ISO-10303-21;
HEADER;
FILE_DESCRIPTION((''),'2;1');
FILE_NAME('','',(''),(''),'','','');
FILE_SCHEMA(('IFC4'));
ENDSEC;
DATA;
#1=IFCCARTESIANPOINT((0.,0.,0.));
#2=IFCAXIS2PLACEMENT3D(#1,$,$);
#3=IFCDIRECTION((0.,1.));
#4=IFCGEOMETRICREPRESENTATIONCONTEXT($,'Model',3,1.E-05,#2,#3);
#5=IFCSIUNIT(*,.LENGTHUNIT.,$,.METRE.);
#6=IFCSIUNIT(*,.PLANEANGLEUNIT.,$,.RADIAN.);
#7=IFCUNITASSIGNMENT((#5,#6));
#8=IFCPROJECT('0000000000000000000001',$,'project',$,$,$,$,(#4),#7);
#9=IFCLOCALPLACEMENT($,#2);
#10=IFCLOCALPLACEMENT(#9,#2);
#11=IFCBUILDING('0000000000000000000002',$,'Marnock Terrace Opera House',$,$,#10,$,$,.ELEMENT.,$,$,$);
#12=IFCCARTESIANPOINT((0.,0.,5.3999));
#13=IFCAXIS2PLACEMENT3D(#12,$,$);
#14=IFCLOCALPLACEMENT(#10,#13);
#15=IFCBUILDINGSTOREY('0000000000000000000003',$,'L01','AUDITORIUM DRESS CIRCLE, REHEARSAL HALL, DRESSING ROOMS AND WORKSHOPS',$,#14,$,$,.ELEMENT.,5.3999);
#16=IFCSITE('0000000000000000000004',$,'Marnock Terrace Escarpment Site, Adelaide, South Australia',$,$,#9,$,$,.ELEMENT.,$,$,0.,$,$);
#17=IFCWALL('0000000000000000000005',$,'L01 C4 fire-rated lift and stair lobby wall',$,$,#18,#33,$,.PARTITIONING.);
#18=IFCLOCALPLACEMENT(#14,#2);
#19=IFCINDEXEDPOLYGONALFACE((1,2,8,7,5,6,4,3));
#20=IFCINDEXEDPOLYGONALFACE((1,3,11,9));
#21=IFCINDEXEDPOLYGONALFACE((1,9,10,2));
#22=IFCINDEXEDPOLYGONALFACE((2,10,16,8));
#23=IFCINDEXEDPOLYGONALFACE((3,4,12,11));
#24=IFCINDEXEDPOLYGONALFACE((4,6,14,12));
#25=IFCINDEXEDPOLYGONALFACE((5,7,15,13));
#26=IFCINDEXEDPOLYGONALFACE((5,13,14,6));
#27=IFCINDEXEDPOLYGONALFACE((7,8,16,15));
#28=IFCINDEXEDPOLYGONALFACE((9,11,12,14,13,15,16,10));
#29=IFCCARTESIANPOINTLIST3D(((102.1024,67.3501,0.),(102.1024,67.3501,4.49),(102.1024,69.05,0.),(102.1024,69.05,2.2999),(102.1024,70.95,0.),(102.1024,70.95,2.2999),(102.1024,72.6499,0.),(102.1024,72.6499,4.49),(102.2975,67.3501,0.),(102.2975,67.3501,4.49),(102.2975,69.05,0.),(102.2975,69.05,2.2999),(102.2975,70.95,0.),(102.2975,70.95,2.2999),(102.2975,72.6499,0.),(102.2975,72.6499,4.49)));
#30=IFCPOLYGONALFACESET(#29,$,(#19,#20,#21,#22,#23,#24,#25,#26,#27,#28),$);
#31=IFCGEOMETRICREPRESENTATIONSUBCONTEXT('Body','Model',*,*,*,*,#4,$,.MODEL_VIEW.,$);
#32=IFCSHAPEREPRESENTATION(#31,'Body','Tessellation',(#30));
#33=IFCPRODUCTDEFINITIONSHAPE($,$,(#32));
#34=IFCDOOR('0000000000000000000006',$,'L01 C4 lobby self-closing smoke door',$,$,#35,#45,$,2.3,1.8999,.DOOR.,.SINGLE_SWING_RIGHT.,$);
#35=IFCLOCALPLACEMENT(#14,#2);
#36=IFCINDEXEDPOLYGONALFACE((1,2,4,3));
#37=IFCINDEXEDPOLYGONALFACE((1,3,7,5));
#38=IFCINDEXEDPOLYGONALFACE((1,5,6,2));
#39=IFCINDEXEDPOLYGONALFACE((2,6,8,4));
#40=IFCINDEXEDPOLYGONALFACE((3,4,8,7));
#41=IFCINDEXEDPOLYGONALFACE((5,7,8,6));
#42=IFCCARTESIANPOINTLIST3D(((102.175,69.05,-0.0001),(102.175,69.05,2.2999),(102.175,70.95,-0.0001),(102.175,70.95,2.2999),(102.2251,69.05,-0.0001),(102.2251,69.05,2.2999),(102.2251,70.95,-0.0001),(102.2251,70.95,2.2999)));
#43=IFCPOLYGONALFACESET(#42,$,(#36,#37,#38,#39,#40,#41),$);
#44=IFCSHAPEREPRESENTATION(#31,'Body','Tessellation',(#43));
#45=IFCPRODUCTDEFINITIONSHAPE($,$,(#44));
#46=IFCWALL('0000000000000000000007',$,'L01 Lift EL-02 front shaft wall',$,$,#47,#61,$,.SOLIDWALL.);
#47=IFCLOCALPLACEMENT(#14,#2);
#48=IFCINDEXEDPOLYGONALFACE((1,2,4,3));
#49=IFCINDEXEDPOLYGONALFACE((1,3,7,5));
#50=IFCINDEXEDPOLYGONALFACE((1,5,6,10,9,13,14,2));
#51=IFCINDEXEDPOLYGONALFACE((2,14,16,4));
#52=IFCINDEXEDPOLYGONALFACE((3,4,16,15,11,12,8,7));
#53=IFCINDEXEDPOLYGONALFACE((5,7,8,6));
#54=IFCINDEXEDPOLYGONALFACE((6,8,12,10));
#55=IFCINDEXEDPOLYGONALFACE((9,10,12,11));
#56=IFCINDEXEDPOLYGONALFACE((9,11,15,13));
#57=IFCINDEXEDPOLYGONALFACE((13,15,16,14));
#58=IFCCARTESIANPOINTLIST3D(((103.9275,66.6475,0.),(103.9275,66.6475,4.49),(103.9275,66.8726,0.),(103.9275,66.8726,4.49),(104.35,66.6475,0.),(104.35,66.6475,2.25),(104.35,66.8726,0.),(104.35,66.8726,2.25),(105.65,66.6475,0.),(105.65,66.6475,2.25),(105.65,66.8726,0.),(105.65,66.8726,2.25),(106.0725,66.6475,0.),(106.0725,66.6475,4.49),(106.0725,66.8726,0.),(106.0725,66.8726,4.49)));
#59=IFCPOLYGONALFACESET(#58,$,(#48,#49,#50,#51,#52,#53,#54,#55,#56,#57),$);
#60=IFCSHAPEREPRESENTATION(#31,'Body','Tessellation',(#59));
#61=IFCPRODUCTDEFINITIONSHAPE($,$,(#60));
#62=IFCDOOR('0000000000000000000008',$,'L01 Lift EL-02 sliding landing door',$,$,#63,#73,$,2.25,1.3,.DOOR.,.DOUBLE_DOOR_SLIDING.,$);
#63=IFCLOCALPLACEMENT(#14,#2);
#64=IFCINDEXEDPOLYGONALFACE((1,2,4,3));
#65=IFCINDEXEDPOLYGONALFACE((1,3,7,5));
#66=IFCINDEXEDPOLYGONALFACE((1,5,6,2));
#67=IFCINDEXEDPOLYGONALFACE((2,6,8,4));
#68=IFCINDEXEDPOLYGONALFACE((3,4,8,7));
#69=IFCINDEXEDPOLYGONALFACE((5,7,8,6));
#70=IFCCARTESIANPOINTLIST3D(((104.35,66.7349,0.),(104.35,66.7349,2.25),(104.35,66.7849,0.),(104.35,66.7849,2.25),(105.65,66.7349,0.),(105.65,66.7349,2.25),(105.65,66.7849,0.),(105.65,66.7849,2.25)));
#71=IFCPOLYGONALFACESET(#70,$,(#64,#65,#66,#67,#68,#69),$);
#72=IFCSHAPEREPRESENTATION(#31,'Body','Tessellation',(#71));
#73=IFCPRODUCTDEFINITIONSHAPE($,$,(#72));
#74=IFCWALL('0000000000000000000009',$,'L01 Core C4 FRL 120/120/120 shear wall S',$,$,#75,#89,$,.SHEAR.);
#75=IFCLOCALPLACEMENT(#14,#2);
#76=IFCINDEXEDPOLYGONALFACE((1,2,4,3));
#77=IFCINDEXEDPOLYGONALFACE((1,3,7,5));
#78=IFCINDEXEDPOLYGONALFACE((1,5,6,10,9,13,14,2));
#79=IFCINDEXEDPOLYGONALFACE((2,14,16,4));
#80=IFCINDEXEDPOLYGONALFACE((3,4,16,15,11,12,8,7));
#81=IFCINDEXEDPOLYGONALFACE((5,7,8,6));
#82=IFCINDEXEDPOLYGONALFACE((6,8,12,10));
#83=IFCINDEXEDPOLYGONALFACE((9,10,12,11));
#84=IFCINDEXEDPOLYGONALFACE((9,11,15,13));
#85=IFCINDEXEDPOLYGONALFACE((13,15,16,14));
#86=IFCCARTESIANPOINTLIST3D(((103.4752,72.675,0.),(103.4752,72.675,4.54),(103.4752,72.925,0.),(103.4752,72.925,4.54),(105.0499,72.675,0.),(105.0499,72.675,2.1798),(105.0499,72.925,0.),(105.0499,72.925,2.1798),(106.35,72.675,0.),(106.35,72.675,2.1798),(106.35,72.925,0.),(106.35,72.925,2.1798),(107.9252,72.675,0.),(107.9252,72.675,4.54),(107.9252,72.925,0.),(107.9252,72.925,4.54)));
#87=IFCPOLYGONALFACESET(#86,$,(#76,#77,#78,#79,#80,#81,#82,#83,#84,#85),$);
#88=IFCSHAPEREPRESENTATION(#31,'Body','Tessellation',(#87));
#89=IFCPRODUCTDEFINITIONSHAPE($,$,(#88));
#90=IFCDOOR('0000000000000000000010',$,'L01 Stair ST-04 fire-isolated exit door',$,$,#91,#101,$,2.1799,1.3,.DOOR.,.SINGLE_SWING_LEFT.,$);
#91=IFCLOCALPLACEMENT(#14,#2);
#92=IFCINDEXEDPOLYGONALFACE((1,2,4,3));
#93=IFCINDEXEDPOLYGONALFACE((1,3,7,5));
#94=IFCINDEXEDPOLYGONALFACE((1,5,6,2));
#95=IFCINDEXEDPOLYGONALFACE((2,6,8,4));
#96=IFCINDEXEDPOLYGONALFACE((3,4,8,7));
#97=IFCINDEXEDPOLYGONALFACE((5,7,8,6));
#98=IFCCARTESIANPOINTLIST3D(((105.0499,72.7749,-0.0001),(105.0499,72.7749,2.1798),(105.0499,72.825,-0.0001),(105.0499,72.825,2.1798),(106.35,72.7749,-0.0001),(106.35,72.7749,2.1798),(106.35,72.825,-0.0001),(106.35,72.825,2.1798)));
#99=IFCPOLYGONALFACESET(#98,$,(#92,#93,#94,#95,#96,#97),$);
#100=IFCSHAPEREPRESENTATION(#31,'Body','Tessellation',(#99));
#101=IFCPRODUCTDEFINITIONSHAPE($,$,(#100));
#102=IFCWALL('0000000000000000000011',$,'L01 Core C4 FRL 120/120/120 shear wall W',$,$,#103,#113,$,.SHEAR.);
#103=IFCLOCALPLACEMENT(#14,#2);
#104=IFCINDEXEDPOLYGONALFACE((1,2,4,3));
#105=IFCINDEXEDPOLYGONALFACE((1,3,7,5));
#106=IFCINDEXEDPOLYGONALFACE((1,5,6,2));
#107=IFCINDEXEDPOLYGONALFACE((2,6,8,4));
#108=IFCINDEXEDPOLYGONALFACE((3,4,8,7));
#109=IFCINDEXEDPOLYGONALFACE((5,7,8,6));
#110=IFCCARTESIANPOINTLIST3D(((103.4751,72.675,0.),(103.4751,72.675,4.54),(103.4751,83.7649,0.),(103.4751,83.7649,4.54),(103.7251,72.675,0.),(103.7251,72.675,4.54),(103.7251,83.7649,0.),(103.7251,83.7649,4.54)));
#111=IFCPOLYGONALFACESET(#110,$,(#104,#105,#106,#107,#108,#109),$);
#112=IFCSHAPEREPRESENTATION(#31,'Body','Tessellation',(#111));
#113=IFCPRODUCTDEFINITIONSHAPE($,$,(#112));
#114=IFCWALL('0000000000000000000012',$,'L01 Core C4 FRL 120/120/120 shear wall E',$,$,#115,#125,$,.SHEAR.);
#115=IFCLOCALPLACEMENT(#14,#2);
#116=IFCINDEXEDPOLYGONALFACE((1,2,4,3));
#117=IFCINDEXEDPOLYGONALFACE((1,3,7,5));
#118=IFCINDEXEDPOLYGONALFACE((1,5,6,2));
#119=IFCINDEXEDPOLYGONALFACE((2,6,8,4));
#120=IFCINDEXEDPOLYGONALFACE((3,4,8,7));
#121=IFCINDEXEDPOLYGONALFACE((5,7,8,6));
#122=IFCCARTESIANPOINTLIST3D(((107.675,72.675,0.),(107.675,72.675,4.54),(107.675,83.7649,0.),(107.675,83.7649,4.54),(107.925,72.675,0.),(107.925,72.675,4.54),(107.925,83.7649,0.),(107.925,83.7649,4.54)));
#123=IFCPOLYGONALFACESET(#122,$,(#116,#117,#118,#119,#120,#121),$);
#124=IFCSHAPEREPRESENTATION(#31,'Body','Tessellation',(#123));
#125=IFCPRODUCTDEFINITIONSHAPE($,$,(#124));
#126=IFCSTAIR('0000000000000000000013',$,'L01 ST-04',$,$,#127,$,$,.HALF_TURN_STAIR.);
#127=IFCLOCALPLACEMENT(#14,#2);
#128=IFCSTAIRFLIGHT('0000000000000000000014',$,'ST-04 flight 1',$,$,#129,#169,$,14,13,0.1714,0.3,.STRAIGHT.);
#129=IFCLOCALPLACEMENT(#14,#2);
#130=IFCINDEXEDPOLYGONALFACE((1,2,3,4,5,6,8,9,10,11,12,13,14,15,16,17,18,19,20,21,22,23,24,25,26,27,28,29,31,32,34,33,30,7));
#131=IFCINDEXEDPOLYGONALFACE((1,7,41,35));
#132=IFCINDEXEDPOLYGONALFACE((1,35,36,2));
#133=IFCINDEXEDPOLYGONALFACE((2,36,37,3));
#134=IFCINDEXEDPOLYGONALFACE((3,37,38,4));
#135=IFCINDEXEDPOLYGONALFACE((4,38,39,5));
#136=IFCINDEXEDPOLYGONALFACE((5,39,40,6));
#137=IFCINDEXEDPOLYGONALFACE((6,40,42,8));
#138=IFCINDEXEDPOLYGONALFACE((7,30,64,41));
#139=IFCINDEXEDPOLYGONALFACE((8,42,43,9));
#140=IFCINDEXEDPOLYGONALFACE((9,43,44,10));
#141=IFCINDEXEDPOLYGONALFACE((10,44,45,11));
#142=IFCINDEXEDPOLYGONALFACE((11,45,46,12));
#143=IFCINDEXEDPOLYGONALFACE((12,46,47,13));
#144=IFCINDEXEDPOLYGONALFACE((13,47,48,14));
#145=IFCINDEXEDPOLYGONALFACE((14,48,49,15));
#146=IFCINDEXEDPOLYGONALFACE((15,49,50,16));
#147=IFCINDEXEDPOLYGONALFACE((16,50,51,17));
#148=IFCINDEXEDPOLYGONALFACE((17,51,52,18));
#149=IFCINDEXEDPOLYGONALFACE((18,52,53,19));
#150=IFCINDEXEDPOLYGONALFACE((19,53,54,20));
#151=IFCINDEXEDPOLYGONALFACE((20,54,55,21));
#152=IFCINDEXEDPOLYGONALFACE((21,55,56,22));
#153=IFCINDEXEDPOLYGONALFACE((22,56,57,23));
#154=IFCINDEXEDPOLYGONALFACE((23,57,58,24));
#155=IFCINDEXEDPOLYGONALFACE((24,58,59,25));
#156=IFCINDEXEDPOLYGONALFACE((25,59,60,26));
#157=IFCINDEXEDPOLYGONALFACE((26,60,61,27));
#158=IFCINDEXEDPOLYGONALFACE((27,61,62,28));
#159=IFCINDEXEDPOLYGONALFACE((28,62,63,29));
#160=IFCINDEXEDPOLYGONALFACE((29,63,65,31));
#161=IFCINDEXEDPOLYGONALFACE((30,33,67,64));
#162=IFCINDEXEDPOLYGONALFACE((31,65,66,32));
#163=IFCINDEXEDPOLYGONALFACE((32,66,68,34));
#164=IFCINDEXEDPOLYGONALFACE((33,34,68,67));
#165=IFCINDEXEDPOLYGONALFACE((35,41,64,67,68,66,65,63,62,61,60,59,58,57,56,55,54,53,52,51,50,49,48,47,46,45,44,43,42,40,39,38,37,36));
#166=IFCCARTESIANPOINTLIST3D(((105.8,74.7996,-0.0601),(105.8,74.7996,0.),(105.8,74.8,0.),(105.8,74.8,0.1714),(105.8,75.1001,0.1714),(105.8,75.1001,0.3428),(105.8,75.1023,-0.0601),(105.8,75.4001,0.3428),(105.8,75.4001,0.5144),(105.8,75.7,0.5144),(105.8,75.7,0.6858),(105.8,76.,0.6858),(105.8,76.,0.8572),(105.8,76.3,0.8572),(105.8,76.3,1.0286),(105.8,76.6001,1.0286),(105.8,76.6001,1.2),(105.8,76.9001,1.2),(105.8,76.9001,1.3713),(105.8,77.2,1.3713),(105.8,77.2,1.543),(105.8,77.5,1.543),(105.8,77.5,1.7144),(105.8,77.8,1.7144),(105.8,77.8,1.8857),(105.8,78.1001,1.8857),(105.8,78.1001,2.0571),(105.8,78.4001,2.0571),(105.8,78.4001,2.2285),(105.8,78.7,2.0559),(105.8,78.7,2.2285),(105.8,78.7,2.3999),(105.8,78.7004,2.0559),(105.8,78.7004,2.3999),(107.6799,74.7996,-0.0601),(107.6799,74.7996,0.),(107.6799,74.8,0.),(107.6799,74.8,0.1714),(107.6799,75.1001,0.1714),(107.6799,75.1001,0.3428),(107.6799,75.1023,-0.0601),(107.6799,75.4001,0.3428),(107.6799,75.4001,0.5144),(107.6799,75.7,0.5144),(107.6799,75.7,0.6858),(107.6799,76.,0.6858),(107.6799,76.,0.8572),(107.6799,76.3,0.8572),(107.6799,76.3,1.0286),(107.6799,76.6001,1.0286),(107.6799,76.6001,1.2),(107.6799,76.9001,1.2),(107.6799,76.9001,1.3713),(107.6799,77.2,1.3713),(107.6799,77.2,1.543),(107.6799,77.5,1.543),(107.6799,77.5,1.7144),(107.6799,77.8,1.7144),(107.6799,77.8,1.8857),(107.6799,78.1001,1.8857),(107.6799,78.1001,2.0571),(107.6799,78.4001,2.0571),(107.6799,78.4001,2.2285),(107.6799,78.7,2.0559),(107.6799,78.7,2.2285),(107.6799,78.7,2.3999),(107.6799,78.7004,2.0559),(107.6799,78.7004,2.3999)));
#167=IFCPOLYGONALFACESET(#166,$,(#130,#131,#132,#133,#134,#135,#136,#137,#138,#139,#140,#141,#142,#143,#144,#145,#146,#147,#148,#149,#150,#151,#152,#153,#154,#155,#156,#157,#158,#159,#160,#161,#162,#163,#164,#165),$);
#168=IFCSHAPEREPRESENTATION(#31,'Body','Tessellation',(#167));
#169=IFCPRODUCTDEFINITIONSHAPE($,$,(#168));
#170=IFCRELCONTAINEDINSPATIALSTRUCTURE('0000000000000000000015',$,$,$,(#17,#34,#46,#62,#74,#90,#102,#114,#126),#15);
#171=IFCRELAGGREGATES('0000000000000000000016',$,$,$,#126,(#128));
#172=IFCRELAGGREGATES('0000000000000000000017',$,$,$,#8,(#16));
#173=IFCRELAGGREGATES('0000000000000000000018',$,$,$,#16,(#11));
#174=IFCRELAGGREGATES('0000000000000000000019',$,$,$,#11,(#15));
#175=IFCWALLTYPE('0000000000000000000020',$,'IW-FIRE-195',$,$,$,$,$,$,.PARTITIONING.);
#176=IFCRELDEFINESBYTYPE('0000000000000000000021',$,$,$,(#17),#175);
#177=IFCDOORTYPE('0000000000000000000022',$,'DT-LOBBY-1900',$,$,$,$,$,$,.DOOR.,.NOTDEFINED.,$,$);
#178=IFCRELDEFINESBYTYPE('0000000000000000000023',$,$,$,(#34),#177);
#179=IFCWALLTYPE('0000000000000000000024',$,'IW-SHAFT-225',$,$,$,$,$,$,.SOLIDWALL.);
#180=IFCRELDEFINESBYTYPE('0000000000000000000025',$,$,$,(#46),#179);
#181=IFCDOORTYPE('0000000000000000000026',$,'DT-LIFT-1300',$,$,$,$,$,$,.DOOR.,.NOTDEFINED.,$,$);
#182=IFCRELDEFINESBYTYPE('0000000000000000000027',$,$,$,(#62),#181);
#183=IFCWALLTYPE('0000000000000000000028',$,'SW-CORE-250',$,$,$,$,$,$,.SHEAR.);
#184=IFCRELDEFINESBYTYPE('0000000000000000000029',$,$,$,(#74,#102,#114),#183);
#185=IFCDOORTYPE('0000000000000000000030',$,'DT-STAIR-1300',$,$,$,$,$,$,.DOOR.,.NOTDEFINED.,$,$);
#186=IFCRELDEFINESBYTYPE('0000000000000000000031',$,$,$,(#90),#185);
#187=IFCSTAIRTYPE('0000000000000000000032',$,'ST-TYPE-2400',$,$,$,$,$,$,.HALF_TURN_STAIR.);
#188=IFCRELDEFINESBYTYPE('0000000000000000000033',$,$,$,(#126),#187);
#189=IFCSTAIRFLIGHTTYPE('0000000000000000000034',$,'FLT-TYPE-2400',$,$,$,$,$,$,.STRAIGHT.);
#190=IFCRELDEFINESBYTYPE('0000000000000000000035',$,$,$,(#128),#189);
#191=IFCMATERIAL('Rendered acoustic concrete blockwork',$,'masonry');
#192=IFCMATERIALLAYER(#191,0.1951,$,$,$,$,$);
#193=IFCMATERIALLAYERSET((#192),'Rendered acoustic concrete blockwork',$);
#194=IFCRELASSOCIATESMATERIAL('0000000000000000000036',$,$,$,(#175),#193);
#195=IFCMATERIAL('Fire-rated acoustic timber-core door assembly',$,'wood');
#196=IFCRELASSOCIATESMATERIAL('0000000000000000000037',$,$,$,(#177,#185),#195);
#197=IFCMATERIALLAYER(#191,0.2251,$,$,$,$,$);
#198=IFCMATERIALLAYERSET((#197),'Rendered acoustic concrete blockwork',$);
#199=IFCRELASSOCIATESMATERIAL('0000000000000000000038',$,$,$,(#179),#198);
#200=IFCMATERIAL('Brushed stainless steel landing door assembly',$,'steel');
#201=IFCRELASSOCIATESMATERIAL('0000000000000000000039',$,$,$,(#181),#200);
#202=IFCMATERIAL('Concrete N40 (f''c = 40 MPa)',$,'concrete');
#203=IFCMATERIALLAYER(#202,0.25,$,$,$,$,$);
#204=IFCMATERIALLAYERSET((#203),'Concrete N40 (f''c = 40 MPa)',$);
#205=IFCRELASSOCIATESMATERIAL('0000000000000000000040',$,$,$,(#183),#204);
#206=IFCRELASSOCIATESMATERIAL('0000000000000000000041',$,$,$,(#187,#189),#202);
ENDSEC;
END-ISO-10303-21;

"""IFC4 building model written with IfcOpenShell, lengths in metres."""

from ifc_helpers import new_model, si_unit, direction, frame, frame_2d, origin, place, context, subcontext, project, spatial, polyline, rectangle, outline, extrude, material, layer, layer_set, type_object, element, fill, aggregate, save


model = new_model("IFC4")

# Units and contexts
model_context = context("Model", 3, precision=1e-05, world=origin(), true_north=direction((0.0, 1.0)))
body_context = subcontext(model_context, "Body", "Model", "MODEL_VIEW")
ifc_project = project(units=[si_unit("LENGTHUNIT", "METRE"), si_unit("PLANEANGLEUNIT", "RADIAN")], contexts=[model_context])

# Site, building, storey
site_placement = place(None, origin())
site = spatial("IfcSite", under=ifc_project, at=site_placement, Name="Marnock Terrace Escarpment Site, Adelaide, South Australia", CompositionType="ELEMENT", RefElevation=0.0)
building_placement = place(site_placement, origin())
building = spatial("IfcBuilding", under=site, at=building_placement, Name="Marnock Terrace Opera House", CompositionType="ELEMENT")
storey_placement = place(building_placement, frame((0.0, 0.0, 5.3999)))
storey = spatial("IfcBuildingStorey", under=building, at=storey_placement, Name="L01", Description="AUDITORIUM DRESS CIRCLE, REHEARSAL HALL, DRESSING ROOMS AND WORKSHOPS", CompositionType="ELEMENT", Elevation=5.3999)

# Walls, openings, doors
ifc_material_1 = material(Name="Rendered acoustic concrete blockwork", Category="masonry")
ifc_layer_1 = layer(ifc_material_1, 0.1951)
ifc_layer_set_1 = layer_set([ifc_layer_1], Name="Rendered acoustic concrete blockwork")
wall_type_1 = type_object("IfcWallType", Name="IW-FIRE-195", PredefinedType="PARTITIONING", material=ifc_layer_set_1)
wall_1_placement = place(storey_placement, frame((102.2, 67.3501, 0.0), z_axis=(0.0, 0.0, 1.0), x_axis=(0.0, 1.0, 0.0)))
wall_1 = element("IfcWall", 1, at=wall_1_placement, inside=storey, type_object=wall_type_1, Name="L01 C4 fire-rated lift and stair lobby wall", PredefinedType="PARTITIONING", context=body_context, shape_type="SweptSolid", body=[
    extrude(rectangle(XDim=5.2998, YDim=0.1951, at=frame_2d((2.6499, 0.0))), origin(), (0.0, 0.0, 1.0), 4.49),
])
opening_1_placement = place(wall_1_placement, frame((1.7, 0.0, 0.0)))
opening_1 = element("IfcOpeningElement", 2, at=opening_1_placement, cuts=wall_1, PredefinedType="OPENING", context=body_context, shape_type="SweptSolid", body=[
    extrude(rectangle(XDim=1.8999, YDim=2.3, at=frame_2d((0.95, 1.1499))), frame((0.0, 0.1074, 0.0), z_axis=(0.0, -1.0, 0.0), x_axis=(1.0, 0.0, 0.0)), (0.0, 0.0, 1.0), 0.2151),
])
ifc_material_2 = material(Name="Fire-rated acoustic timber-core door assembly", Category="wood")
door_type_1 = type_object("IfcDoorType", Name="DT-LOBBY-1900", OperationType="NOTDEFINED", PredefinedType="DOOR", material=ifc_material_2)
door_1_placement = place(opening_1_placement, origin())
door_1 = element("IfcDoor", 3, at=door_1_placement, inside=storey, type_object=door_type_1, Name="L01 C4 lobby self-closing smoke door", OperationType="SINGLE_SWING_RIGHT", OverallHeight=2.3, OverallWidth=1.8999, PredefinedType="DOOR", context=body_context, shape_type="SweptSolid", body=[
    extrude(rectangle(XDim=1.8999, YDim=2.3, at=frame_2d((0.95, 1.1499))), frame((0.0, 0.0249, 0.0), z_axis=(0.0, -1.0, 0.0), x_axis=(1.0, 0.0, 0.0)), (0.0, 0.0, 1.0), 0.05),
])
fill(opening_1, door_1)
ifc_layer_2 = layer(ifc_material_1, 0.2251)
ifc_layer_set_2 = layer_set([ifc_layer_2], Name="Rendered acoustic concrete blockwork")
wall_type_2 = type_object("IfcWallType", Name="IW-SHAFT-225", PredefinedType="SOLIDWALL", material=ifc_layer_set_2)
wall_2_placement = place(storey_placement, frame((103.9275, 66.76, 0.0), z_axis=(0.0, 0.0, 1.0), x_axis=(1.0, 0.0, 0.0)))
wall_2 = element("IfcWall", 4, at=wall_2_placement, inside=storey, type_object=wall_type_2, Name="L01 Lift EL-02 front shaft wall", PredefinedType="SOLIDWALL", context=body_context, shape_type="SweptSolid", body=[
    extrude(rectangle(XDim=2.145, YDim=0.2251, at=frame_2d((1.0725, 0.0))), origin(), (0.0, 0.0, 1.0), 4.49),
])
opening_2_placement = place(wall_2_placement, frame((0.4226, 0.0, 0.0)))
opening_2 = element("IfcOpeningElement", 5, at=opening_2_placement, cuts=wall_2, PredefinedType="OPENING", context=body_context, shape_type="SweptSolid", body=[
    extrude(rectangle(XDim=1.3, YDim=2.25, at=frame_2d((0.6499, 1.125))), frame((0.0, 0.1226, 0.0), z_axis=(0.0, -1.0, 0.0), x_axis=(1.0, 0.0, 0.0)), (0.0, 0.0, 1.0), 0.2451),
])
ifc_material_3 = material(Name="Brushed stainless steel landing door assembly", Category="steel")
door_type_2 = type_object("IfcDoorType", Name="DT-LIFT-1300", OperationType="NOTDEFINED", PredefinedType="DOOR", material=ifc_material_3)
door_2_placement = place(opening_2_placement, origin())
door_2 = element("IfcDoor", 6, at=door_2_placement, inside=storey, type_object=door_type_2, Name="L01 Lift EL-02 sliding landing door", OperationType="DOUBLE_DOOR_SLIDING", OverallHeight=2.25, OverallWidth=1.3, PredefinedType="DOOR", context=body_context, shape_type="SweptSolid", body=[
    extrude(rectangle(XDim=1.3, YDim=2.25, at=frame_2d((0.6499, 1.125))), frame((0.0, 0.0249, 0.0), z_axis=(0.0, -1.0, 0.0), x_axis=(1.0, 0.0, 0.0)), (0.0, 0.0, 1.0), 0.05),
])
fill(opening_2, door_2)
ifc_material_4 = material(Name="Concrete N40 (f'c = 40 MPa)", Category="concrete")
ifc_layer_3 = layer(ifc_material_4, 0.25)
ifc_layer_set_3 = layer_set([ifc_layer_3], Name="Concrete N40 (f'c = 40 MPa)")
wall_type_3 = type_object("IfcWallType", Name="SW-CORE-250", PredefinedType="SHEAR", material=ifc_layer_set_3)
wall_3_placement = place(storey_placement, frame((103.4751, 72.8, 0.0), z_axis=(0.0, 0.0, 1.0), x_axis=(1.0, 0.0, 0.0)))
wall_3 = element("IfcWall", 7, at=wall_3_placement, inside=storey, type_object=wall_type_3, Name="L01 Core C4 FRL 120/120/120 shear wall S", PredefinedType="SHEAR", context=body_context, shape_type="SweptSolid", body=[
    extrude(rectangle(XDim=4.45, YDim=0.25, at=frame_2d((2.2251, 0.0))), origin(), (0.0, 0.0, 1.0), 4.54),
])
opening_3_placement = place(wall_3_placement, frame((1.575, 0.0, 0.0)))
opening_3 = element("IfcOpeningElement", 8, at=opening_3_placement, cuts=wall_3, PredefinedType="OPENING", context=body_context, shape_type="SweptSolid", body=[
    extrude(rectangle(XDim=1.3, YDim=2.1799, at=frame_2d((0.6499, 1.0898))), frame((0.0, 0.135, 0.0), z_axis=(0.0, -1.0, 0.0), x_axis=(1.0, 0.0, 0.0)), (0.0, 0.0, 1.0), 0.27),
])
door_type_3 = type_object("IfcDoorType", Name="DT-STAIR-1300", OperationType="NOTDEFINED", PredefinedType="DOOR", material=ifc_material_2)
door_3_placement = place(opening_3_placement, origin())
door_3 = element("IfcDoor", 9, at=door_3_placement, inside=storey, type_object=door_type_3, Name="L01 Stair ST-04 fire-isolated exit door", OperationType="SINGLE_SWING_LEFT", OverallHeight=2.1799, OverallWidth=1.3, PredefinedType="DOOR", context=body_context, shape_type="SweptSolid", body=[
    extrude(rectangle(XDim=1.3, YDim=2.1799, at=frame_2d((0.6499, 1.0898))), frame((0.0, 0.0249, 0.0), z_axis=(0.0, -1.0, 0.0), x_axis=(1.0, 0.0, 0.0)), (0.0, 0.0, 1.0), 0.05),
])
fill(opening_3, door_3)

# Walls
for number, where, z_axis, x_axis, name in (
    (10, (103.6001, 72.675, 0.0), (0.0, 0.0, 1.0), (0.0, 1.0, 0.0), "L01 Core C4 FRL 120/120/120 shear wall W"),
    (11, (107.8, 72.675, 0.0), (0.0, 0.0, 1.0), (0.0, 1.0, 0.0), "L01 Core C4 FRL 120/120/120 shear wall E"),
):
    element("IfcWall", number, at=place(storey_placement, frame(where, z_axis=z_axis, x_axis=x_axis)), inside=storey, type_object=wall_type_3, Name=name, PredefinedType="SHEAR", context=body_context, shape_type="SweptSolid", body=[
        extrude(rectangle(XDim=11.0898, YDim=0.25, at=frame_2d((5.5449, 0.0))), origin(), (0.0, 0.0, 1.0), 4.54),
    ])

# Stair, stair flight
stair_type = type_object("IfcStairType", Name="ST-TYPE-2400", PredefinedType="HALF_TURN_STAIR", material=ifc_material_4)
stair_placement = place(storey_placement, origin())
stair = element("IfcStair", 12, at=stair_placement, inside=storey, type_object=stair_type, Name="L01 ST-04", PredefinedType="HALF_TURN_STAIR")
stair_flight_type = type_object("IfcStairFlightType", Name="FLT-TYPE-2400", PredefinedType="STRAIGHT", material=ifc_material_4)
stair_flight_placement = place(storey_placement, frame((106.74, 74.8, 0.0), z_axis=(0.0, 0.0, 1.0), x_axis=(0.0, 1.0, 0.0)))
stair_flight = element("IfcStairFlight", 13, at=stair_flight_placement, type_object=stair_flight_type, Name="ST-04 flight 1", NumberOfRisers=14, NumberOfTreads=13, PredefinedType="STRAIGHT", RiserHeight=0.1714, TreadLength=0.3, context=body_context, shape_type="SweptSolid", body=[
    extrude(outline(polyline([(-0.0005, -0.0601), (-0.0005, 0.0), (0.0, 0.0), (0.0, 0.1714), (0.3, 0.1714), (0.3, 0.3428), (0.6001, 0.3428), (0.6001, 0.5144), (0.8999, 0.5144), (0.8999, 0.6858), (1.2, 0.6858), (1.2, 0.8572), (1.5, 0.8572), (1.5, 1.0286), (1.8, 1.0286), (1.8, 1.2), (2.1001, 1.2), (2.1001, 1.3713), (2.3999, 1.3713), (2.3999, 1.543), (2.7, 1.543), (2.7, 1.7144), (3.0, 1.7144), (3.0, 1.8857), (3.3, 1.8857), (3.3, 2.0571), (3.6001, 2.0571), (3.6001, 2.2285), (3.8999, 2.2285), (3.8999, 2.3999), (3.9004, 2.3999), (3.9004, 2.0559), (3.8999, 2.0559), (0.3022, -0.0601), (-0.0005, -0.0601)])), frame((0.0, 0.9399, 0.0), z_axis=(0.0, -1.0, 0.0), x_axis=(1.0, 0.0, 0.0)), (0.0, 0.0, 1.0), 1.8799),
])
aggregate(stair, [stair_flight])

save(model, "model.ifc")
